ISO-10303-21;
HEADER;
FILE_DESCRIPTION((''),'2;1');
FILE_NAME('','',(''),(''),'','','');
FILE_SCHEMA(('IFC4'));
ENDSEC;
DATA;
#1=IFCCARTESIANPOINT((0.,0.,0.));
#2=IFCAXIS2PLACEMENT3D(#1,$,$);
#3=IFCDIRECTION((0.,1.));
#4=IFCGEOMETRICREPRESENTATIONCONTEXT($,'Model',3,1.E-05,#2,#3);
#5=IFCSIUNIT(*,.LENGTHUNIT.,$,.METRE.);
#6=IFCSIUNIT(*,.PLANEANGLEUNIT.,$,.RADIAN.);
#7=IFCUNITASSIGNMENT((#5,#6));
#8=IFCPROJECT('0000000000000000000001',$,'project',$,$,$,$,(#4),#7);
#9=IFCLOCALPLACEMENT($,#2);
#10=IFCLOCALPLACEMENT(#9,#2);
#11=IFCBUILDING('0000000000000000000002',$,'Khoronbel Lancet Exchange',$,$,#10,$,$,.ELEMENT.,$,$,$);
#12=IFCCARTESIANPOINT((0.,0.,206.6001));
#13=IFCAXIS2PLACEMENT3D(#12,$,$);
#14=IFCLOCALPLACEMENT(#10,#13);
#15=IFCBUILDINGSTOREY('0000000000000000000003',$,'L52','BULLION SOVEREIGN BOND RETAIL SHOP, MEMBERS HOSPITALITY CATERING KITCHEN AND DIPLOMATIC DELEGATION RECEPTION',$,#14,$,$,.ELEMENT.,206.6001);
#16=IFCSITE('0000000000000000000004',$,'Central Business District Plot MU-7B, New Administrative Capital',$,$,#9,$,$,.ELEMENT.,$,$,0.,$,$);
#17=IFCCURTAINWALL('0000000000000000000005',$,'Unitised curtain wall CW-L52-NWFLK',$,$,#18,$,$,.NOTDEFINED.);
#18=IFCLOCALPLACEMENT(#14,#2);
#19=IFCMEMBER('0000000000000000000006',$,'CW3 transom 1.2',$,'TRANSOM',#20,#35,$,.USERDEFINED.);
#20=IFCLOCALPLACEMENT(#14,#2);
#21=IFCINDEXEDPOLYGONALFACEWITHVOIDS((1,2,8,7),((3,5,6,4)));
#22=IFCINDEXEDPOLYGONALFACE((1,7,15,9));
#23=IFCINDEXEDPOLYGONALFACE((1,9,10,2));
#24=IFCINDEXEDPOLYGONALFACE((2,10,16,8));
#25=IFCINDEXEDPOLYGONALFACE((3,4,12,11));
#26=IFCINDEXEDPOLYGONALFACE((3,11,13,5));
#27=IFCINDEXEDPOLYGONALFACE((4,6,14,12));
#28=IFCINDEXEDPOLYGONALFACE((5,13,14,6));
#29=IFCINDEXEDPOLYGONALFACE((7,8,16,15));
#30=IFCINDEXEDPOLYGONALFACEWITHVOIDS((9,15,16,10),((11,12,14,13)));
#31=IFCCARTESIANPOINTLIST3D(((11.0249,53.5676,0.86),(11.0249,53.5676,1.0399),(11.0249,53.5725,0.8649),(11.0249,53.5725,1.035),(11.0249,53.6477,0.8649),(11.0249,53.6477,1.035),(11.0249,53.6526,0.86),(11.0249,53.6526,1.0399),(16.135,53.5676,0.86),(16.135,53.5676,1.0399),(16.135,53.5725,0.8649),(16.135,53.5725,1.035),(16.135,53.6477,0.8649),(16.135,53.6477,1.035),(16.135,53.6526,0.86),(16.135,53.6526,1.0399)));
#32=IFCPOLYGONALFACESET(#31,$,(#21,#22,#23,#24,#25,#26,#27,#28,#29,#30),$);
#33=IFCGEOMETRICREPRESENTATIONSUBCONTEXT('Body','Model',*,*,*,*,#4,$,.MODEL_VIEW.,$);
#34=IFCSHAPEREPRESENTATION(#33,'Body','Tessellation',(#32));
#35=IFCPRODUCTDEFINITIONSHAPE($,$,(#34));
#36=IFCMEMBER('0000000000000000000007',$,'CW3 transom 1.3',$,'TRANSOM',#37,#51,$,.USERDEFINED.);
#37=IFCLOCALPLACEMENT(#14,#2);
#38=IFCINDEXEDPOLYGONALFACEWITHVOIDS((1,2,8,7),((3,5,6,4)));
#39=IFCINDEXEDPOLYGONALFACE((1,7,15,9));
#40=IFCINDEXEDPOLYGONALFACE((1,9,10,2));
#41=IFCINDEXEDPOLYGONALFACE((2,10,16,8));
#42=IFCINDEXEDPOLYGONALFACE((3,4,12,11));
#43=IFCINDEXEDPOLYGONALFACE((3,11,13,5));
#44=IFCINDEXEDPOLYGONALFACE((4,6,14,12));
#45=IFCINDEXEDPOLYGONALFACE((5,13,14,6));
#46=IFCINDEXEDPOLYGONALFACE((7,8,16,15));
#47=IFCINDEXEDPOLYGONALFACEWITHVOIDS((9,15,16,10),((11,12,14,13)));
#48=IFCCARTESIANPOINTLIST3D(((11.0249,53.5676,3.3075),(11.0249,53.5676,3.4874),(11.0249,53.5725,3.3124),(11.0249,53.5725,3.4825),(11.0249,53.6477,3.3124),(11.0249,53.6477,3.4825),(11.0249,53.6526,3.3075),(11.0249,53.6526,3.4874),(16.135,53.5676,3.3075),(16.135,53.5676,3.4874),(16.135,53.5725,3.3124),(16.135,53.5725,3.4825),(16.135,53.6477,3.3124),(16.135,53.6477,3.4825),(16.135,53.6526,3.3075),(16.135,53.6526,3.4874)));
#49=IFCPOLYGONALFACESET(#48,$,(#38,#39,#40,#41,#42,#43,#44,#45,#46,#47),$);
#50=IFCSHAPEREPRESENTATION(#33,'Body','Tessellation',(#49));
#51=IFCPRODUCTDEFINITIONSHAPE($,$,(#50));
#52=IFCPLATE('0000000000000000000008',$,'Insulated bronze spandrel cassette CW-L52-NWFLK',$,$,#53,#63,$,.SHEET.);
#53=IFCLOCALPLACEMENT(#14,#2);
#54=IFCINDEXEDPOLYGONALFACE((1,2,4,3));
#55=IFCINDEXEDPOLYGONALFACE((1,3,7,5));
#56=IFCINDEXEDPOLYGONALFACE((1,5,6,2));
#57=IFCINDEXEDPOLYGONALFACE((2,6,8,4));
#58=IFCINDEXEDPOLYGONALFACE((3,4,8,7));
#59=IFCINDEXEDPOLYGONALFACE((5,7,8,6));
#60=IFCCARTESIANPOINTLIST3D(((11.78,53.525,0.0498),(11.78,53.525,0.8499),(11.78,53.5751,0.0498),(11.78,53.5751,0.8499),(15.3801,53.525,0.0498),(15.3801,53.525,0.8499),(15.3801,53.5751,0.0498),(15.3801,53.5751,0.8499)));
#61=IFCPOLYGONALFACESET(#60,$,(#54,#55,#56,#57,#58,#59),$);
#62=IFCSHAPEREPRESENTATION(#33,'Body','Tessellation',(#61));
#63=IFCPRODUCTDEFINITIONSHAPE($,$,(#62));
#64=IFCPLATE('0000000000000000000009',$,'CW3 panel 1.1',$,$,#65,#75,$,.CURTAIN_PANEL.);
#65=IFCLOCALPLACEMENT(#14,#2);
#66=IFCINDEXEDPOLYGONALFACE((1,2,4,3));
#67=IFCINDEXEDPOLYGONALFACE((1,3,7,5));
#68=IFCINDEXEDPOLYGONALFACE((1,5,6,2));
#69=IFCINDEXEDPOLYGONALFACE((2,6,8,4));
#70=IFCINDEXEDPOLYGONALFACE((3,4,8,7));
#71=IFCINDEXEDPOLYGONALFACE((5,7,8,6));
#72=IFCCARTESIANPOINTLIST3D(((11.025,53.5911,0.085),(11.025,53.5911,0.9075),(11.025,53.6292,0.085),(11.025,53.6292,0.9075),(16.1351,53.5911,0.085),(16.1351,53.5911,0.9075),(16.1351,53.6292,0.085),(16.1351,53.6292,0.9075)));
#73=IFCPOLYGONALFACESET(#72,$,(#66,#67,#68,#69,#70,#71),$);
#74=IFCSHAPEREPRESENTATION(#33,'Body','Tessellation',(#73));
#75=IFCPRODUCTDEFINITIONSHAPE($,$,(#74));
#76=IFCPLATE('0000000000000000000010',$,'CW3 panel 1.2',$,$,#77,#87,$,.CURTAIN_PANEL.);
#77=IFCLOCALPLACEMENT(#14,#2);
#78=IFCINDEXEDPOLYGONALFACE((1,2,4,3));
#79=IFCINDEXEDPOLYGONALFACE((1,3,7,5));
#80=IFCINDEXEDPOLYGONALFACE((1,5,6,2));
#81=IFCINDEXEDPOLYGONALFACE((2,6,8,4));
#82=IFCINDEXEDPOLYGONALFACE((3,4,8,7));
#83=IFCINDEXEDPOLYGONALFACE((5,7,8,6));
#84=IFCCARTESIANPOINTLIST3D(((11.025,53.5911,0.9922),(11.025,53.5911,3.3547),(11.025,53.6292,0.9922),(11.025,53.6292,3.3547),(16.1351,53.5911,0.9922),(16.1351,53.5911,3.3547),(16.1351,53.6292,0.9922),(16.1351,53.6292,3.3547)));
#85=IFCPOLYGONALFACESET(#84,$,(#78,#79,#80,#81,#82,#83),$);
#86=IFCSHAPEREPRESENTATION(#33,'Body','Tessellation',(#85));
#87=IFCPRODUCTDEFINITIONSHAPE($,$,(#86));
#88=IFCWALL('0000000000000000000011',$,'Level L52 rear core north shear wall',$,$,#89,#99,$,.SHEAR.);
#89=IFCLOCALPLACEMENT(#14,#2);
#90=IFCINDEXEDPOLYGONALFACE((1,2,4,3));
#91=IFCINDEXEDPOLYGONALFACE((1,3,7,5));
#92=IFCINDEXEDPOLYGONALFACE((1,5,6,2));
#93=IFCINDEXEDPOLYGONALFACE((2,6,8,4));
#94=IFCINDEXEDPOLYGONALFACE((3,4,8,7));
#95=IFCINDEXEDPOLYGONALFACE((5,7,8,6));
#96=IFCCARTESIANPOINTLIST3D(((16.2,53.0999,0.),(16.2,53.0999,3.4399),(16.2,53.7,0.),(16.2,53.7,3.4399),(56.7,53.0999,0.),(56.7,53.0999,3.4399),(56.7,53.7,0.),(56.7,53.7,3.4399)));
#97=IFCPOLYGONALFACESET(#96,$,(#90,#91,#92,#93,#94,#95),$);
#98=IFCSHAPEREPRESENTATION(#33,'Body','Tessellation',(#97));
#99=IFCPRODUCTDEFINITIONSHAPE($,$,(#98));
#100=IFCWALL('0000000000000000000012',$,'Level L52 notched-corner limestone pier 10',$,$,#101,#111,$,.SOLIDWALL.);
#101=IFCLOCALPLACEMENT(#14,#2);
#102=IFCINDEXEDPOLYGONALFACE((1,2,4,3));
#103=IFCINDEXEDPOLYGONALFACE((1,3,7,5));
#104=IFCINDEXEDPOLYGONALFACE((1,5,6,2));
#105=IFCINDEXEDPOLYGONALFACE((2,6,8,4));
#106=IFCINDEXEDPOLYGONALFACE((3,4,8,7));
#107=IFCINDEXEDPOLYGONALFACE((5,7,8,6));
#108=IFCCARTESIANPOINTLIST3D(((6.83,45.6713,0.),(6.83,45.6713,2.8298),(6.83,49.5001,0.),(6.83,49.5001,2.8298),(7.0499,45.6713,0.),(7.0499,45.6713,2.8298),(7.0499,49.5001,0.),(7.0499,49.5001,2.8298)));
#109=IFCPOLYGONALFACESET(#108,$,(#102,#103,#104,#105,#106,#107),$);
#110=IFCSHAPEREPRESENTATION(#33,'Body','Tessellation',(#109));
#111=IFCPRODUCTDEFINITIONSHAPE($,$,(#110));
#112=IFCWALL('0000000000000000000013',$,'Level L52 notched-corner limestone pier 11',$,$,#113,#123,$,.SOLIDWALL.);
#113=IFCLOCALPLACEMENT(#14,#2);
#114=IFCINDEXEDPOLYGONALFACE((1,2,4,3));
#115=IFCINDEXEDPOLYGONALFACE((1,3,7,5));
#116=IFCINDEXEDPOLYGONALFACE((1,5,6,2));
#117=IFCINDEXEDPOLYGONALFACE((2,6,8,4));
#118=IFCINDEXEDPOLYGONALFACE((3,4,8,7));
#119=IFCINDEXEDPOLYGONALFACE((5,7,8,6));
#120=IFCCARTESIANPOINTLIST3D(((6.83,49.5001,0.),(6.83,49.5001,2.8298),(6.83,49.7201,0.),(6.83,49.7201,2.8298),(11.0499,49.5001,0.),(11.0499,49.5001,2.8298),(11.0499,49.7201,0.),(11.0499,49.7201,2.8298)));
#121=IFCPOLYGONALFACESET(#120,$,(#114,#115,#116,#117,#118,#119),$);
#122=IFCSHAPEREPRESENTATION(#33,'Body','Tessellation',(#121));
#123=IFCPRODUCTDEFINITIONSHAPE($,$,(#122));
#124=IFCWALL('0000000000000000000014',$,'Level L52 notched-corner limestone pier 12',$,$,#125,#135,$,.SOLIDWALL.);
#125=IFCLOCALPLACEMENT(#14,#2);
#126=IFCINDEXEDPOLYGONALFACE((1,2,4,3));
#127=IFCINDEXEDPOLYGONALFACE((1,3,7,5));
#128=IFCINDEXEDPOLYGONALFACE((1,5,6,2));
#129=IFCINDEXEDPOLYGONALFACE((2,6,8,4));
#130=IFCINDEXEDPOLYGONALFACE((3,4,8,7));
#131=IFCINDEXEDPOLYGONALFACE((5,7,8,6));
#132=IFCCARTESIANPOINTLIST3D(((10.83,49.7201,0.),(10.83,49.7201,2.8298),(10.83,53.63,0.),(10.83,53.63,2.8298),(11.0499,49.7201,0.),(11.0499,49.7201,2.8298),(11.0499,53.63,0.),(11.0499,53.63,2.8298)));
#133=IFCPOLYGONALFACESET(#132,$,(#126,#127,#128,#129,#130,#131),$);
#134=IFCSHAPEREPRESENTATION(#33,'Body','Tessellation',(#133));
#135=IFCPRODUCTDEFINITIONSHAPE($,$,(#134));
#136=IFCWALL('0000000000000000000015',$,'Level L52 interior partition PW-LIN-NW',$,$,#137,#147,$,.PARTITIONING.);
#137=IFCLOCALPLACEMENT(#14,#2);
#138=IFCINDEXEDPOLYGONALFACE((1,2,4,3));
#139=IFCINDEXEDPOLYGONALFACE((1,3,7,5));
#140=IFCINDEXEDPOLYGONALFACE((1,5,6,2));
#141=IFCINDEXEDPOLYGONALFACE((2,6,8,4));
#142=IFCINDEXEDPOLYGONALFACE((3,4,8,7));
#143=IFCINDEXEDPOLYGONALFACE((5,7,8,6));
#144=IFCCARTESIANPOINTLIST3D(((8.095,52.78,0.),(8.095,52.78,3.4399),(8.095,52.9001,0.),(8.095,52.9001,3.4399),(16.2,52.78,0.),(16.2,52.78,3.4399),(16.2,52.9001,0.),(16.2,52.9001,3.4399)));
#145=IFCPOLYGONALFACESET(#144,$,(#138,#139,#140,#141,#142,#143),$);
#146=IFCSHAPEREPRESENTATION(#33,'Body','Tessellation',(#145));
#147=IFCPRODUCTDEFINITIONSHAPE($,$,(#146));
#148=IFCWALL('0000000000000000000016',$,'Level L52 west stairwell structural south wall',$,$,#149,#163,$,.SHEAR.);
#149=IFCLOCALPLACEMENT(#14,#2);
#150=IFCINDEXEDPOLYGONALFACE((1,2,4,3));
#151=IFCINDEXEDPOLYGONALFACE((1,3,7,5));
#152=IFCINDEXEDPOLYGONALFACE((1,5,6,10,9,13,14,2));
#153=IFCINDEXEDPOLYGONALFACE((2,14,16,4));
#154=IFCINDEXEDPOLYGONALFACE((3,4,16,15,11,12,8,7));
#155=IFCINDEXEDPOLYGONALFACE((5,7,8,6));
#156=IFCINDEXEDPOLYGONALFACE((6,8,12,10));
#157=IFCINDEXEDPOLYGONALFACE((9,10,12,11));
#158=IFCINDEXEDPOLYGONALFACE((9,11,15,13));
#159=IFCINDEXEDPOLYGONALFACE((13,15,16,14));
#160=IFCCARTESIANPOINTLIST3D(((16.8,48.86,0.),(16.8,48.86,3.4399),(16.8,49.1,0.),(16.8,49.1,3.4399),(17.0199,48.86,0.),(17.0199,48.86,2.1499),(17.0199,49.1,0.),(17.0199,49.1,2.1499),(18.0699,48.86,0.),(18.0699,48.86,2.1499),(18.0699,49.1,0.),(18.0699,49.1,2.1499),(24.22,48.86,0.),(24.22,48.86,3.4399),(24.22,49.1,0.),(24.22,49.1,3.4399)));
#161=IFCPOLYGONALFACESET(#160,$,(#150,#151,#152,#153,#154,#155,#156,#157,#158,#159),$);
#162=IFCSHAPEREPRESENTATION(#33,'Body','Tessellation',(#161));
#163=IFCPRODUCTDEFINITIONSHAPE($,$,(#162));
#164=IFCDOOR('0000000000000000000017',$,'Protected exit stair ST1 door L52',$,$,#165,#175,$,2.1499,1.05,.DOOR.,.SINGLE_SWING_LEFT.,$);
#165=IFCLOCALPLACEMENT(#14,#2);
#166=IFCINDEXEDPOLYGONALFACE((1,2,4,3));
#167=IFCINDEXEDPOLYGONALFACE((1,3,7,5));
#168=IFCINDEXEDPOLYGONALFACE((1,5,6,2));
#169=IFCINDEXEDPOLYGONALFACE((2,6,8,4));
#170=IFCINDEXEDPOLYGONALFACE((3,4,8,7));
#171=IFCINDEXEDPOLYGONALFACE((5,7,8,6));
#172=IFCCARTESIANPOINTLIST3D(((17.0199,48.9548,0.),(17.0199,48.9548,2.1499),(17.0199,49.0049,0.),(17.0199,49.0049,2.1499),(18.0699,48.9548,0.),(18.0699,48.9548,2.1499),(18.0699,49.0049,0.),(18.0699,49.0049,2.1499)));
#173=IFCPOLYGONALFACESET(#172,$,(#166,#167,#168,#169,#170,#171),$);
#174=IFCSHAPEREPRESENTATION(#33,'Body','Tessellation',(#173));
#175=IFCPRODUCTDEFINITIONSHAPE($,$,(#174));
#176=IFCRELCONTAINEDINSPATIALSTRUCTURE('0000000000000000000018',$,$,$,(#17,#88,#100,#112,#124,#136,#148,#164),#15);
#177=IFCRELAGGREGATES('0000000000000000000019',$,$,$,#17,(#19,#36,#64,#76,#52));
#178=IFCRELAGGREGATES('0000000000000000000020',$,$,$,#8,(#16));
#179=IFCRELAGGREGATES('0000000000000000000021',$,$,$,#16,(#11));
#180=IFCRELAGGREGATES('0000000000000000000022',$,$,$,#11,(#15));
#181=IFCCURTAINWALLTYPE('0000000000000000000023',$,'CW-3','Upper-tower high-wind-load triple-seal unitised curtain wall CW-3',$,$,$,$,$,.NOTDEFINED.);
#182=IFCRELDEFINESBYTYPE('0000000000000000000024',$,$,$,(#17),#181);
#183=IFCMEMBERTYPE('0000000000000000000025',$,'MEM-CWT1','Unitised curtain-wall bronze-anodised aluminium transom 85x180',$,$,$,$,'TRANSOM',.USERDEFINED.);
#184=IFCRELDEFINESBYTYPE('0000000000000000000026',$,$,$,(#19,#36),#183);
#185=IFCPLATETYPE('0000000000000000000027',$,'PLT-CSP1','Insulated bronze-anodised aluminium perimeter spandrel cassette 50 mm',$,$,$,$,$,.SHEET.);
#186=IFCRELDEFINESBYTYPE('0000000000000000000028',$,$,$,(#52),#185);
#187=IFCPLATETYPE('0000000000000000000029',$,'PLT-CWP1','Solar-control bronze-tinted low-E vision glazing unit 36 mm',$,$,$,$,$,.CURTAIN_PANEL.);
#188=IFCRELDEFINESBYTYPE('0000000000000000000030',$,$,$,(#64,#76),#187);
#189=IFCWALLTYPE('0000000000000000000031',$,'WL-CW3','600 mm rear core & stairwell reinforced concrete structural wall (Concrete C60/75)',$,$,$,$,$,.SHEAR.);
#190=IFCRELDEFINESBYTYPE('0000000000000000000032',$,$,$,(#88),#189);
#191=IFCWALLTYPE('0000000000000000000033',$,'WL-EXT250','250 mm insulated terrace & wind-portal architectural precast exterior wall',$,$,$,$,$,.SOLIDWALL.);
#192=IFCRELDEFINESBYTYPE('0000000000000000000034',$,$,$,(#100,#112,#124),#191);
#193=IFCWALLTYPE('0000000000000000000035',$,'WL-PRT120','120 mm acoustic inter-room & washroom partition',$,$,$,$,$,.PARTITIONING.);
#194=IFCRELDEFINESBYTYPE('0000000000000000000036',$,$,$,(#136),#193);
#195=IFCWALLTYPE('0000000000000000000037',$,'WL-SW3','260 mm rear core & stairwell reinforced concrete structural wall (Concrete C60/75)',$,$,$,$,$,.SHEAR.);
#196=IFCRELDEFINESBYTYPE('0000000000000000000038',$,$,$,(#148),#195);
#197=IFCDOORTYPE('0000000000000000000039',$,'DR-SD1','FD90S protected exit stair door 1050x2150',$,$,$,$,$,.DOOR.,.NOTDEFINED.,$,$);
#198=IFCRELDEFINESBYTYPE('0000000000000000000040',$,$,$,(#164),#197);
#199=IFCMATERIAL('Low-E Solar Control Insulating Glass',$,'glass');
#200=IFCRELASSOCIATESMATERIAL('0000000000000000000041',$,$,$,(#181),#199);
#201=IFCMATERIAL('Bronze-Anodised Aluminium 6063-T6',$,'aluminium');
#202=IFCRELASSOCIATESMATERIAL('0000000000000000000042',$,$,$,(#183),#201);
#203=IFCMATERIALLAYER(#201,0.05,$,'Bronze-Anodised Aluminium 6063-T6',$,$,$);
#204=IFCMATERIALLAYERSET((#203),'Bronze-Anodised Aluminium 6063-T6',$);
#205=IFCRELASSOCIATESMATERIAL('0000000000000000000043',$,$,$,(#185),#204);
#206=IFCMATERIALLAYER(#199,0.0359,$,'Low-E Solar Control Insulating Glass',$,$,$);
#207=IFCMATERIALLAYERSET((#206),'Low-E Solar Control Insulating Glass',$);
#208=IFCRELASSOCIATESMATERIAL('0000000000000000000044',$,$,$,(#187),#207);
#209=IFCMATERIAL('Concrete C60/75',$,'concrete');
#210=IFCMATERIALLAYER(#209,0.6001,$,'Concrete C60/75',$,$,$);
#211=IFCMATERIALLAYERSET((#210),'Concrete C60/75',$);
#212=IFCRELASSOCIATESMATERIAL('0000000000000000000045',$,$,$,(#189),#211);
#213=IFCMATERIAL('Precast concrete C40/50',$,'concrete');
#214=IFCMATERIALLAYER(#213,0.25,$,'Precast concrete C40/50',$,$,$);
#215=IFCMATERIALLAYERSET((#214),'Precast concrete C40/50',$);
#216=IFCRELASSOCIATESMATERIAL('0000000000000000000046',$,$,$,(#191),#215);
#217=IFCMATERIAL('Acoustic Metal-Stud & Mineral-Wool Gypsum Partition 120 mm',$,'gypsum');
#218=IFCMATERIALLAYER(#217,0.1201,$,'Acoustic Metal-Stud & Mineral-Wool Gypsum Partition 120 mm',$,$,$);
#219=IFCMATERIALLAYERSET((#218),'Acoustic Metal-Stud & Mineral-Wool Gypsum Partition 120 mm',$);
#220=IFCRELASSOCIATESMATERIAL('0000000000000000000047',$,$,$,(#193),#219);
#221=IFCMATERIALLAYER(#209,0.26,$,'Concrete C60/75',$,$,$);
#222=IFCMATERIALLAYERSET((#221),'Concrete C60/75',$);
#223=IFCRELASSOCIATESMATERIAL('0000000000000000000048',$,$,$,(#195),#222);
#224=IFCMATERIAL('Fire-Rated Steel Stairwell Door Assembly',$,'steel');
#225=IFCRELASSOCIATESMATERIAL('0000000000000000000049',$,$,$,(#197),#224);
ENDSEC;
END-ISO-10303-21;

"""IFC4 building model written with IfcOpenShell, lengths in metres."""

from ifc_helpers import new_model, si_unit, direction, frame, frame_2d, origin, origin_2d, place, context, subcontext, project, spatial, rectangle, hollow_rectangle, extrude, material, layer, layer_set, material_profile, profile_set, type_object, element, fill, aggregate, save


model = new_model("IFC4")

# Units and contexts
model_context = context("Model", 3, precision=1e-05, world=origin(), true_north=direction((0.0, 1.0)))
body_context = subcontext(model_context, "Body", "Model", "MODEL_VIEW")
ifc_project = project(units=[si_unit("LENGTHUNIT", "METRE"), si_unit("PLANEANGLEUNIT", "RADIAN")], contexts=[model_context])

# Site, building, storey
site_placement = place(None, origin())
site = spatial("IfcSite", under=ifc_project, at=site_placement, Name="Central Business District Plot MU-7B, New Administrative Capital", CompositionType="ELEMENT", RefElevation=0.0)
building_placement = place(site_placement, origin())
building = spatial("IfcBuilding", under=site, at=building_placement, Name="Khoronbel Lancet Exchange", CompositionType="ELEMENT")
storey_placement = place(building_placement, frame((0.0, 0.0, 206.6001)))
storey = spatial("IfcBuildingStorey", under=building, at=storey_placement, Name="L52", Description="BULLION SOVEREIGN BOND RETAIL SHOP, MEMBERS HOSPITALITY CATERING KITCHEN AND DIPLOMATIC DELEGATION RECEPTION", CompositionType="ELEMENT", Elevation=206.6001)

# Curtain wall, members, plates
ifc_material_1 = material(Name="Low-E Solar Control Insulating Glass", Category="glass")
curtain_wall_type = type_object("IfcCurtainWallType", Name="CW-3", Description="Upper-tower high-wind-load triple-seal unitised curtain wall CW-3", PredefinedType="NOTDEFINED", material=ifc_material_1)
curtain_wall_placement = place(storey_placement, origin())
curtain_wall = element("IfcCurtainWall", 1, at=curtain_wall_placement, inside=storey, type_object=curtain_wall_type, Name="Unitised curtain wall CW-L52-NWFLK", PredefinedType="NOTDEFINED")
ifc_material_2 = material(Name="Bronze-Anodised Aluminium 6063-T6", Category="aluminium")
ifc_material_profile_1 = material_profile(ifc_material_2, hollow_rectangle(XDim=0.085, YDim=0.1799, WallThickness=0.0049, at=origin_2d()), Name="ALU TRANSOM 85x180")
ifc_profile_set_1 = profile_set([ifc_material_profile_1], Name="Bronze-Anodised Aluminium 6063-T6")
member_type_1 = type_object("IfcMemberType", Name="MEM-CWT1", Description="Unitised curtain-wall bronze-anodised aluminium transom 85x180", ElementType="TRANSOM", PredefinedType="USERDEFINED", material=ifc_profile_set_1)
member_1_placement = place(storey_placement, frame((16.135, 53.6101, 0.95), z_axis=(-1.0, 0.0, 0.0), x_axis=(0.0, -1.0, 0.0)))
member_1 = element("IfcMember", 2, at=member_1_placement, type_object=member_type_1, Name="CW3 transom 1.2", ObjectType="TRANSOM", PredefinedType="USERDEFINED", context=body_context, shape_type="SweptSolid", body=[
    extrude(hollow_rectangle(XDim=0.085, YDim=0.1799, WallThickness=0.0049, at=origin_2d()), origin(), (0.0, 0.0, 1.0), 5.1101),
])
member_2_placement = place(storey_placement, frame((16.135, 53.6101, 3.3975), z_axis=(-1.0, 0.0, 0.0), x_axis=(0.0, -1.0, 0.0)))
member_2 = element("IfcMember", 3, at=member_2_placement, type_object=member_type_1, Name="CW3 transom 1.3", ObjectType="TRANSOM", PredefinedType="USERDEFINED", context=body_context, shape_type="SweptSolid", body=[
    extrude(hollow_rectangle(XDim=0.085, YDim=0.1799, WallThickness=0.0049, at=origin_2d()), origin(), (0.0, 0.0, 1.0), 5.1101),
])
ifc_layer_1 = layer(ifc_material_2, 0.05, Name="Bronze-Anodised Aluminium 6063-T6")
ifc_layer_set_1 = layer_set([ifc_layer_1], Name="Bronze-Anodised Aluminium 6063-T6")
plate_type_1 = type_object("IfcPlateType", Name="PLT-CSP1", Description="Insulated bronze-anodised aluminium perimeter spandrel cassette 50 mm", PredefinedType="SHEET", material=ifc_layer_set_1)
plate_1_placement = place(storey_placement, frame((13.5801, 53.55, 0.0498), z_axis=(0.0, 0.0, 1.0), x_axis=(-1.0, 0.0, 0.0)))
plate_1 = element("IfcPlate", 4, at=plate_1_placement, type_object=plate_type_1, Name="Insulated bronze spandrel cassette CW-L52-NWFLK", PredefinedType="SHEET", context=body_context, shape_type="SweptSolid", body=[
    extrude(rectangle(XDim=3.6001, YDim=0.05, at=origin_2d()), origin(), (0.0, 0.0, 1.0), 0.8),
])
ifc_layer_2 = layer(ifc_material_1, 0.0359, Name="Low-E Solar Control Insulating Glass")
ifc_layer_set_2 = layer_set([ifc_layer_2], Name="Low-E Solar Control Insulating Glass")
plate_type_2 = type_object("IfcPlateType", Name="PLT-CWP1", Description="Solar-control bronze-tinted low-E vision glazing unit 36 mm", PredefinedType="CURTAIN_PANEL", material=ifc_layer_set_2)
plate_2_placement = place(storey_placement, frame((13.5801, 53.6101, 0.085), z_axis=(0.0, 0.0, 1.0), x_axis=(-1.0, 0.0, 0.0)))
plate_2 = element("IfcPlate", 5, at=plate_2_placement, type_object=plate_type_2, Name="CW3 panel 1.1", PredefinedType="CURTAIN_PANEL", context=body_context, shape_type="SweptSolid", body=[
    extrude(rectangle(XDim=5.1101, YDim=0.0381, at=origin_2d()), origin(), (0.0, 0.0, 1.0), 0.8225),
])
plate_3_placement = place(storey_placement, frame((13.5801, 53.6101, 0.9922), z_axis=(0.0, 0.0, 1.0), x_axis=(-1.0, 0.0, 0.0)))
plate_3 = element("IfcPlate", 6, at=plate_3_placement, type_object=plate_type_2, Name="CW3 panel 1.2", PredefinedType="CURTAIN_PANEL", context=body_context, shape_type="SweptSolid", body=[
    extrude(rectangle(XDim=5.1101, YDim=0.0381, at=origin_2d()), origin(), (0.0, 0.0, 1.0), 2.3625),
])
aggregate(curtain_wall, [member_1, member_2, plate_2, plate_3, plate_1])

# Walls
ifc_material_3 = material(Name="Concrete C60/75", Category="concrete")
ifc_layer_3 = layer(ifc_material_3, 0.6001, Name="Concrete C60/75")
ifc_layer_set_3 = layer_set([ifc_layer_3], Name="Concrete C60/75")
wall_type_1 = type_object("IfcWallType", Name="WL-CW3", Description="600 mm rear core & stairwell reinforced concrete structural wall (Concrete C60/75)", PredefinedType="SHEAR", material=ifc_layer_set_3)
wall_1_placement = place(storey_placement, frame((16.2, 53.3999, 0.0), z_axis=(0.0, 0.0, 1.0), x_axis=(1.0, 0.0, 0.0)))
element("IfcWall", 7, at=wall_1_placement, inside=storey, type_object=wall_type_1, Name="Level L52 rear core north shear wall", PredefinedType="SHEAR", context=body_context, shape_type="SweptSolid", body=[
    extrude(rectangle(XDim=40.5, YDim=0.6001, at=frame_2d((20.25, 0.0))), origin(), (0.0, 0.0, 1.0), 3.4399),
])
ifc_material_4 = material(Name="Precast concrete C40/50", Category="concrete")
ifc_layer_4 = layer(ifc_material_4, 0.25, Name="Precast concrete C40/50")
ifc_layer_set_4 = layer_set([ifc_layer_4], Name="Precast concrete C40/50")
wall_type_2 = type_object("IfcWallType", Name="WL-EXT250", Description="250 mm insulated terrace & wind-portal architectural precast exterior wall", PredefinedType="SOLIDWALL", material=ifc_layer_set_4)
wall_2_placement = place(storey_placement, frame((6.9399, 45.6711, 0.0), z_axis=(0.0, 0.0, 1.0), x_axis=(0.0, 1.0, 0.0)))
element("IfcWall", 8, at=wall_2_placement, inside=storey, type_object=wall_type_2, Name="Level L52 notched-corner limestone pier 10", PredefinedType="SOLIDWALL", context=body_context, shape_type="SweptSolid", body=[
    extrude(rectangle(XDim=3.8289, YDim=0.22, at=frame_2d((1.9146, 0.0))), origin(), (0.0, 0.0, 1.0), 2.8298),
])
wall_3_placement = place(storey_placement, frame((6.8301, 49.6101, 0.0), z_axis=(0.0, 0.0, 1.0), x_axis=(1.0, 0.0, 0.0)))
element("IfcWall", 9, at=wall_3_placement, inside=storey, type_object=wall_type_2, Name="Level L52 notched-corner limestone pier 11", PredefinedType="SOLIDWALL", context=body_context, shape_type="SweptSolid", body=[
    extrude(rectangle(XDim=4.22, YDim=0.22, at=frame_2d((2.1099, 0.0))), origin(), (0.0, 0.0, 1.0), 2.8298),
])
wall_4_placement = place(storey_placement, frame((10.9399, 49.72, 0.0), z_axis=(0.0, 0.0, 1.0), x_axis=(0.0, 1.0, 0.0)))
element("IfcWall", 10, at=wall_4_placement, inside=storey, type_object=wall_type_2, Name="Level L52 notched-corner limestone pier 12", PredefinedType="SOLIDWALL", context=body_context, shape_type="SweptSolid", body=[
    extrude(rectangle(XDim=3.9099, YDim=0.22, at=frame_2d((1.9551, 0.0))), origin(), (0.0, 0.0, 1.0), 2.8298),
])
ifc_material_5 = material(Name="Acoustic Metal-Stud & Mineral-Wool Gypsum Partition 120 mm", Category="gypsum")
ifc_layer_5 = layer(ifc_material_5, 0.1201, Name="Acoustic Metal-Stud & Mineral-Wool Gypsum Partition 120 mm")
ifc_layer_set_5 = layer_set([ifc_layer_5], Name="Acoustic Metal-Stud & Mineral-Wool Gypsum Partition 120 mm")
wall_type_3 = type_object("IfcWallType", Name="WL-PRT120", Description="120 mm acoustic inter-room & washroom partition", PredefinedType="PARTITIONING", material=ifc_layer_set_5)
wall_5_placement = place(storey_placement, frame((8.095, 52.8401, 0.0), z_axis=(0.0, 0.0, 1.0), x_axis=(1.0, 0.0, 0.0)))
element("IfcWall", 11, at=wall_5_placement, inside=storey, type_object=wall_type_3, Name="Level L52 interior partition PW-LIN-NW", PredefinedType="PARTITIONING", context=body_context, shape_type="SweptSolid", body=[
    extrude(rectangle(XDim=8.105, YDim=0.1201, at=frame_2d((4.0525, 0.0))), origin(), (0.0, 0.0, 1.0), 3.4399),
])

# Wall, opening, door
ifc_layer_6 = layer(ifc_material_3, 0.26, Name="Concrete C60/75")
ifc_layer_set_6 = layer_set([ifc_layer_6], Name="Concrete C60/75")
wall_type_4 = type_object("IfcWallType", Name="WL-SW3", Description="260 mm rear core & stairwell reinforced concrete structural wall (Concrete C60/75)", PredefinedType="SHEAR", material=ifc_layer_set_6)
wall_6_placement = place(storey_placement, frame((16.8, 48.98, 0.0), z_axis=(0.0, 0.0, 1.0), x_axis=(1.0, 0.0, 0.0)))
wall_6 = element("IfcWall", 12, at=wall_6_placement, inside=storey, type_object=wall_type_4, Name="Level L52 west stairwell structural south wall", PredefinedType="SHEAR", context=body_context, shape_type="SweptSolid", body=[
    extrude(rectangle(XDim=7.4199, YDim=0.24, at=frame_2d((3.71, 0.0))), origin(), (0.0, 0.0, 1.0), 3.4399),
])
opening_placement = place(wall_6_placement, frame((0.22, 0.0, 0.0)))
opening = element("IfcOpeningElement", 13, at=opening_placement, cuts=wall_6, PredefinedType="OPENING", context=body_context, shape_type="SweptSolid", body=[
    extrude(rectangle(XDim=1.05, YDim=2.1499, at=frame_2d((0.5249, 1.075))), frame((0.0, 0.1299, 0.0), z_axis=(0.0, -1.0, 0.0), x_axis=(1.0, 0.0, 0.0)), (0.0, 0.0, 1.0), 0.26),
])
ifc_material_6 = material(Name="Fire-Rated Steel Stairwell Door Assembly", Category="steel")
door_type = type_object("IfcDoorType", Name="DR-SD1", Description="FD90S protected exit stair door 1050x2150", OperationType="NOTDEFINED", PredefinedType="DOOR", material=ifc_material_6)
door_placement = place(opening_placement, origin())
door = element("IfcDoor", 14, at=door_placement, inside=storey, type_object=door_type, Name="Protected exit stair ST1 door L52", OperationType="SINGLE_SWING_LEFT", OverallHeight=2.1499, OverallWidth=1.05, PredefinedType="DOOR", context=body_context, shape_type="SweptSolid", body=[
    extrude(rectangle(XDim=1.05, YDim=2.1499, at=frame_2d((0.5249, 1.075))), frame((0.0, 0.0249, 0.0), z_axis=(0.0, -1.0, 0.0), x_axis=(1.0, 0.0, 0.0)), (0.0, 0.0, 1.0), 0.05),
])
fill(opening, door)

save(model, "model.ifc")
